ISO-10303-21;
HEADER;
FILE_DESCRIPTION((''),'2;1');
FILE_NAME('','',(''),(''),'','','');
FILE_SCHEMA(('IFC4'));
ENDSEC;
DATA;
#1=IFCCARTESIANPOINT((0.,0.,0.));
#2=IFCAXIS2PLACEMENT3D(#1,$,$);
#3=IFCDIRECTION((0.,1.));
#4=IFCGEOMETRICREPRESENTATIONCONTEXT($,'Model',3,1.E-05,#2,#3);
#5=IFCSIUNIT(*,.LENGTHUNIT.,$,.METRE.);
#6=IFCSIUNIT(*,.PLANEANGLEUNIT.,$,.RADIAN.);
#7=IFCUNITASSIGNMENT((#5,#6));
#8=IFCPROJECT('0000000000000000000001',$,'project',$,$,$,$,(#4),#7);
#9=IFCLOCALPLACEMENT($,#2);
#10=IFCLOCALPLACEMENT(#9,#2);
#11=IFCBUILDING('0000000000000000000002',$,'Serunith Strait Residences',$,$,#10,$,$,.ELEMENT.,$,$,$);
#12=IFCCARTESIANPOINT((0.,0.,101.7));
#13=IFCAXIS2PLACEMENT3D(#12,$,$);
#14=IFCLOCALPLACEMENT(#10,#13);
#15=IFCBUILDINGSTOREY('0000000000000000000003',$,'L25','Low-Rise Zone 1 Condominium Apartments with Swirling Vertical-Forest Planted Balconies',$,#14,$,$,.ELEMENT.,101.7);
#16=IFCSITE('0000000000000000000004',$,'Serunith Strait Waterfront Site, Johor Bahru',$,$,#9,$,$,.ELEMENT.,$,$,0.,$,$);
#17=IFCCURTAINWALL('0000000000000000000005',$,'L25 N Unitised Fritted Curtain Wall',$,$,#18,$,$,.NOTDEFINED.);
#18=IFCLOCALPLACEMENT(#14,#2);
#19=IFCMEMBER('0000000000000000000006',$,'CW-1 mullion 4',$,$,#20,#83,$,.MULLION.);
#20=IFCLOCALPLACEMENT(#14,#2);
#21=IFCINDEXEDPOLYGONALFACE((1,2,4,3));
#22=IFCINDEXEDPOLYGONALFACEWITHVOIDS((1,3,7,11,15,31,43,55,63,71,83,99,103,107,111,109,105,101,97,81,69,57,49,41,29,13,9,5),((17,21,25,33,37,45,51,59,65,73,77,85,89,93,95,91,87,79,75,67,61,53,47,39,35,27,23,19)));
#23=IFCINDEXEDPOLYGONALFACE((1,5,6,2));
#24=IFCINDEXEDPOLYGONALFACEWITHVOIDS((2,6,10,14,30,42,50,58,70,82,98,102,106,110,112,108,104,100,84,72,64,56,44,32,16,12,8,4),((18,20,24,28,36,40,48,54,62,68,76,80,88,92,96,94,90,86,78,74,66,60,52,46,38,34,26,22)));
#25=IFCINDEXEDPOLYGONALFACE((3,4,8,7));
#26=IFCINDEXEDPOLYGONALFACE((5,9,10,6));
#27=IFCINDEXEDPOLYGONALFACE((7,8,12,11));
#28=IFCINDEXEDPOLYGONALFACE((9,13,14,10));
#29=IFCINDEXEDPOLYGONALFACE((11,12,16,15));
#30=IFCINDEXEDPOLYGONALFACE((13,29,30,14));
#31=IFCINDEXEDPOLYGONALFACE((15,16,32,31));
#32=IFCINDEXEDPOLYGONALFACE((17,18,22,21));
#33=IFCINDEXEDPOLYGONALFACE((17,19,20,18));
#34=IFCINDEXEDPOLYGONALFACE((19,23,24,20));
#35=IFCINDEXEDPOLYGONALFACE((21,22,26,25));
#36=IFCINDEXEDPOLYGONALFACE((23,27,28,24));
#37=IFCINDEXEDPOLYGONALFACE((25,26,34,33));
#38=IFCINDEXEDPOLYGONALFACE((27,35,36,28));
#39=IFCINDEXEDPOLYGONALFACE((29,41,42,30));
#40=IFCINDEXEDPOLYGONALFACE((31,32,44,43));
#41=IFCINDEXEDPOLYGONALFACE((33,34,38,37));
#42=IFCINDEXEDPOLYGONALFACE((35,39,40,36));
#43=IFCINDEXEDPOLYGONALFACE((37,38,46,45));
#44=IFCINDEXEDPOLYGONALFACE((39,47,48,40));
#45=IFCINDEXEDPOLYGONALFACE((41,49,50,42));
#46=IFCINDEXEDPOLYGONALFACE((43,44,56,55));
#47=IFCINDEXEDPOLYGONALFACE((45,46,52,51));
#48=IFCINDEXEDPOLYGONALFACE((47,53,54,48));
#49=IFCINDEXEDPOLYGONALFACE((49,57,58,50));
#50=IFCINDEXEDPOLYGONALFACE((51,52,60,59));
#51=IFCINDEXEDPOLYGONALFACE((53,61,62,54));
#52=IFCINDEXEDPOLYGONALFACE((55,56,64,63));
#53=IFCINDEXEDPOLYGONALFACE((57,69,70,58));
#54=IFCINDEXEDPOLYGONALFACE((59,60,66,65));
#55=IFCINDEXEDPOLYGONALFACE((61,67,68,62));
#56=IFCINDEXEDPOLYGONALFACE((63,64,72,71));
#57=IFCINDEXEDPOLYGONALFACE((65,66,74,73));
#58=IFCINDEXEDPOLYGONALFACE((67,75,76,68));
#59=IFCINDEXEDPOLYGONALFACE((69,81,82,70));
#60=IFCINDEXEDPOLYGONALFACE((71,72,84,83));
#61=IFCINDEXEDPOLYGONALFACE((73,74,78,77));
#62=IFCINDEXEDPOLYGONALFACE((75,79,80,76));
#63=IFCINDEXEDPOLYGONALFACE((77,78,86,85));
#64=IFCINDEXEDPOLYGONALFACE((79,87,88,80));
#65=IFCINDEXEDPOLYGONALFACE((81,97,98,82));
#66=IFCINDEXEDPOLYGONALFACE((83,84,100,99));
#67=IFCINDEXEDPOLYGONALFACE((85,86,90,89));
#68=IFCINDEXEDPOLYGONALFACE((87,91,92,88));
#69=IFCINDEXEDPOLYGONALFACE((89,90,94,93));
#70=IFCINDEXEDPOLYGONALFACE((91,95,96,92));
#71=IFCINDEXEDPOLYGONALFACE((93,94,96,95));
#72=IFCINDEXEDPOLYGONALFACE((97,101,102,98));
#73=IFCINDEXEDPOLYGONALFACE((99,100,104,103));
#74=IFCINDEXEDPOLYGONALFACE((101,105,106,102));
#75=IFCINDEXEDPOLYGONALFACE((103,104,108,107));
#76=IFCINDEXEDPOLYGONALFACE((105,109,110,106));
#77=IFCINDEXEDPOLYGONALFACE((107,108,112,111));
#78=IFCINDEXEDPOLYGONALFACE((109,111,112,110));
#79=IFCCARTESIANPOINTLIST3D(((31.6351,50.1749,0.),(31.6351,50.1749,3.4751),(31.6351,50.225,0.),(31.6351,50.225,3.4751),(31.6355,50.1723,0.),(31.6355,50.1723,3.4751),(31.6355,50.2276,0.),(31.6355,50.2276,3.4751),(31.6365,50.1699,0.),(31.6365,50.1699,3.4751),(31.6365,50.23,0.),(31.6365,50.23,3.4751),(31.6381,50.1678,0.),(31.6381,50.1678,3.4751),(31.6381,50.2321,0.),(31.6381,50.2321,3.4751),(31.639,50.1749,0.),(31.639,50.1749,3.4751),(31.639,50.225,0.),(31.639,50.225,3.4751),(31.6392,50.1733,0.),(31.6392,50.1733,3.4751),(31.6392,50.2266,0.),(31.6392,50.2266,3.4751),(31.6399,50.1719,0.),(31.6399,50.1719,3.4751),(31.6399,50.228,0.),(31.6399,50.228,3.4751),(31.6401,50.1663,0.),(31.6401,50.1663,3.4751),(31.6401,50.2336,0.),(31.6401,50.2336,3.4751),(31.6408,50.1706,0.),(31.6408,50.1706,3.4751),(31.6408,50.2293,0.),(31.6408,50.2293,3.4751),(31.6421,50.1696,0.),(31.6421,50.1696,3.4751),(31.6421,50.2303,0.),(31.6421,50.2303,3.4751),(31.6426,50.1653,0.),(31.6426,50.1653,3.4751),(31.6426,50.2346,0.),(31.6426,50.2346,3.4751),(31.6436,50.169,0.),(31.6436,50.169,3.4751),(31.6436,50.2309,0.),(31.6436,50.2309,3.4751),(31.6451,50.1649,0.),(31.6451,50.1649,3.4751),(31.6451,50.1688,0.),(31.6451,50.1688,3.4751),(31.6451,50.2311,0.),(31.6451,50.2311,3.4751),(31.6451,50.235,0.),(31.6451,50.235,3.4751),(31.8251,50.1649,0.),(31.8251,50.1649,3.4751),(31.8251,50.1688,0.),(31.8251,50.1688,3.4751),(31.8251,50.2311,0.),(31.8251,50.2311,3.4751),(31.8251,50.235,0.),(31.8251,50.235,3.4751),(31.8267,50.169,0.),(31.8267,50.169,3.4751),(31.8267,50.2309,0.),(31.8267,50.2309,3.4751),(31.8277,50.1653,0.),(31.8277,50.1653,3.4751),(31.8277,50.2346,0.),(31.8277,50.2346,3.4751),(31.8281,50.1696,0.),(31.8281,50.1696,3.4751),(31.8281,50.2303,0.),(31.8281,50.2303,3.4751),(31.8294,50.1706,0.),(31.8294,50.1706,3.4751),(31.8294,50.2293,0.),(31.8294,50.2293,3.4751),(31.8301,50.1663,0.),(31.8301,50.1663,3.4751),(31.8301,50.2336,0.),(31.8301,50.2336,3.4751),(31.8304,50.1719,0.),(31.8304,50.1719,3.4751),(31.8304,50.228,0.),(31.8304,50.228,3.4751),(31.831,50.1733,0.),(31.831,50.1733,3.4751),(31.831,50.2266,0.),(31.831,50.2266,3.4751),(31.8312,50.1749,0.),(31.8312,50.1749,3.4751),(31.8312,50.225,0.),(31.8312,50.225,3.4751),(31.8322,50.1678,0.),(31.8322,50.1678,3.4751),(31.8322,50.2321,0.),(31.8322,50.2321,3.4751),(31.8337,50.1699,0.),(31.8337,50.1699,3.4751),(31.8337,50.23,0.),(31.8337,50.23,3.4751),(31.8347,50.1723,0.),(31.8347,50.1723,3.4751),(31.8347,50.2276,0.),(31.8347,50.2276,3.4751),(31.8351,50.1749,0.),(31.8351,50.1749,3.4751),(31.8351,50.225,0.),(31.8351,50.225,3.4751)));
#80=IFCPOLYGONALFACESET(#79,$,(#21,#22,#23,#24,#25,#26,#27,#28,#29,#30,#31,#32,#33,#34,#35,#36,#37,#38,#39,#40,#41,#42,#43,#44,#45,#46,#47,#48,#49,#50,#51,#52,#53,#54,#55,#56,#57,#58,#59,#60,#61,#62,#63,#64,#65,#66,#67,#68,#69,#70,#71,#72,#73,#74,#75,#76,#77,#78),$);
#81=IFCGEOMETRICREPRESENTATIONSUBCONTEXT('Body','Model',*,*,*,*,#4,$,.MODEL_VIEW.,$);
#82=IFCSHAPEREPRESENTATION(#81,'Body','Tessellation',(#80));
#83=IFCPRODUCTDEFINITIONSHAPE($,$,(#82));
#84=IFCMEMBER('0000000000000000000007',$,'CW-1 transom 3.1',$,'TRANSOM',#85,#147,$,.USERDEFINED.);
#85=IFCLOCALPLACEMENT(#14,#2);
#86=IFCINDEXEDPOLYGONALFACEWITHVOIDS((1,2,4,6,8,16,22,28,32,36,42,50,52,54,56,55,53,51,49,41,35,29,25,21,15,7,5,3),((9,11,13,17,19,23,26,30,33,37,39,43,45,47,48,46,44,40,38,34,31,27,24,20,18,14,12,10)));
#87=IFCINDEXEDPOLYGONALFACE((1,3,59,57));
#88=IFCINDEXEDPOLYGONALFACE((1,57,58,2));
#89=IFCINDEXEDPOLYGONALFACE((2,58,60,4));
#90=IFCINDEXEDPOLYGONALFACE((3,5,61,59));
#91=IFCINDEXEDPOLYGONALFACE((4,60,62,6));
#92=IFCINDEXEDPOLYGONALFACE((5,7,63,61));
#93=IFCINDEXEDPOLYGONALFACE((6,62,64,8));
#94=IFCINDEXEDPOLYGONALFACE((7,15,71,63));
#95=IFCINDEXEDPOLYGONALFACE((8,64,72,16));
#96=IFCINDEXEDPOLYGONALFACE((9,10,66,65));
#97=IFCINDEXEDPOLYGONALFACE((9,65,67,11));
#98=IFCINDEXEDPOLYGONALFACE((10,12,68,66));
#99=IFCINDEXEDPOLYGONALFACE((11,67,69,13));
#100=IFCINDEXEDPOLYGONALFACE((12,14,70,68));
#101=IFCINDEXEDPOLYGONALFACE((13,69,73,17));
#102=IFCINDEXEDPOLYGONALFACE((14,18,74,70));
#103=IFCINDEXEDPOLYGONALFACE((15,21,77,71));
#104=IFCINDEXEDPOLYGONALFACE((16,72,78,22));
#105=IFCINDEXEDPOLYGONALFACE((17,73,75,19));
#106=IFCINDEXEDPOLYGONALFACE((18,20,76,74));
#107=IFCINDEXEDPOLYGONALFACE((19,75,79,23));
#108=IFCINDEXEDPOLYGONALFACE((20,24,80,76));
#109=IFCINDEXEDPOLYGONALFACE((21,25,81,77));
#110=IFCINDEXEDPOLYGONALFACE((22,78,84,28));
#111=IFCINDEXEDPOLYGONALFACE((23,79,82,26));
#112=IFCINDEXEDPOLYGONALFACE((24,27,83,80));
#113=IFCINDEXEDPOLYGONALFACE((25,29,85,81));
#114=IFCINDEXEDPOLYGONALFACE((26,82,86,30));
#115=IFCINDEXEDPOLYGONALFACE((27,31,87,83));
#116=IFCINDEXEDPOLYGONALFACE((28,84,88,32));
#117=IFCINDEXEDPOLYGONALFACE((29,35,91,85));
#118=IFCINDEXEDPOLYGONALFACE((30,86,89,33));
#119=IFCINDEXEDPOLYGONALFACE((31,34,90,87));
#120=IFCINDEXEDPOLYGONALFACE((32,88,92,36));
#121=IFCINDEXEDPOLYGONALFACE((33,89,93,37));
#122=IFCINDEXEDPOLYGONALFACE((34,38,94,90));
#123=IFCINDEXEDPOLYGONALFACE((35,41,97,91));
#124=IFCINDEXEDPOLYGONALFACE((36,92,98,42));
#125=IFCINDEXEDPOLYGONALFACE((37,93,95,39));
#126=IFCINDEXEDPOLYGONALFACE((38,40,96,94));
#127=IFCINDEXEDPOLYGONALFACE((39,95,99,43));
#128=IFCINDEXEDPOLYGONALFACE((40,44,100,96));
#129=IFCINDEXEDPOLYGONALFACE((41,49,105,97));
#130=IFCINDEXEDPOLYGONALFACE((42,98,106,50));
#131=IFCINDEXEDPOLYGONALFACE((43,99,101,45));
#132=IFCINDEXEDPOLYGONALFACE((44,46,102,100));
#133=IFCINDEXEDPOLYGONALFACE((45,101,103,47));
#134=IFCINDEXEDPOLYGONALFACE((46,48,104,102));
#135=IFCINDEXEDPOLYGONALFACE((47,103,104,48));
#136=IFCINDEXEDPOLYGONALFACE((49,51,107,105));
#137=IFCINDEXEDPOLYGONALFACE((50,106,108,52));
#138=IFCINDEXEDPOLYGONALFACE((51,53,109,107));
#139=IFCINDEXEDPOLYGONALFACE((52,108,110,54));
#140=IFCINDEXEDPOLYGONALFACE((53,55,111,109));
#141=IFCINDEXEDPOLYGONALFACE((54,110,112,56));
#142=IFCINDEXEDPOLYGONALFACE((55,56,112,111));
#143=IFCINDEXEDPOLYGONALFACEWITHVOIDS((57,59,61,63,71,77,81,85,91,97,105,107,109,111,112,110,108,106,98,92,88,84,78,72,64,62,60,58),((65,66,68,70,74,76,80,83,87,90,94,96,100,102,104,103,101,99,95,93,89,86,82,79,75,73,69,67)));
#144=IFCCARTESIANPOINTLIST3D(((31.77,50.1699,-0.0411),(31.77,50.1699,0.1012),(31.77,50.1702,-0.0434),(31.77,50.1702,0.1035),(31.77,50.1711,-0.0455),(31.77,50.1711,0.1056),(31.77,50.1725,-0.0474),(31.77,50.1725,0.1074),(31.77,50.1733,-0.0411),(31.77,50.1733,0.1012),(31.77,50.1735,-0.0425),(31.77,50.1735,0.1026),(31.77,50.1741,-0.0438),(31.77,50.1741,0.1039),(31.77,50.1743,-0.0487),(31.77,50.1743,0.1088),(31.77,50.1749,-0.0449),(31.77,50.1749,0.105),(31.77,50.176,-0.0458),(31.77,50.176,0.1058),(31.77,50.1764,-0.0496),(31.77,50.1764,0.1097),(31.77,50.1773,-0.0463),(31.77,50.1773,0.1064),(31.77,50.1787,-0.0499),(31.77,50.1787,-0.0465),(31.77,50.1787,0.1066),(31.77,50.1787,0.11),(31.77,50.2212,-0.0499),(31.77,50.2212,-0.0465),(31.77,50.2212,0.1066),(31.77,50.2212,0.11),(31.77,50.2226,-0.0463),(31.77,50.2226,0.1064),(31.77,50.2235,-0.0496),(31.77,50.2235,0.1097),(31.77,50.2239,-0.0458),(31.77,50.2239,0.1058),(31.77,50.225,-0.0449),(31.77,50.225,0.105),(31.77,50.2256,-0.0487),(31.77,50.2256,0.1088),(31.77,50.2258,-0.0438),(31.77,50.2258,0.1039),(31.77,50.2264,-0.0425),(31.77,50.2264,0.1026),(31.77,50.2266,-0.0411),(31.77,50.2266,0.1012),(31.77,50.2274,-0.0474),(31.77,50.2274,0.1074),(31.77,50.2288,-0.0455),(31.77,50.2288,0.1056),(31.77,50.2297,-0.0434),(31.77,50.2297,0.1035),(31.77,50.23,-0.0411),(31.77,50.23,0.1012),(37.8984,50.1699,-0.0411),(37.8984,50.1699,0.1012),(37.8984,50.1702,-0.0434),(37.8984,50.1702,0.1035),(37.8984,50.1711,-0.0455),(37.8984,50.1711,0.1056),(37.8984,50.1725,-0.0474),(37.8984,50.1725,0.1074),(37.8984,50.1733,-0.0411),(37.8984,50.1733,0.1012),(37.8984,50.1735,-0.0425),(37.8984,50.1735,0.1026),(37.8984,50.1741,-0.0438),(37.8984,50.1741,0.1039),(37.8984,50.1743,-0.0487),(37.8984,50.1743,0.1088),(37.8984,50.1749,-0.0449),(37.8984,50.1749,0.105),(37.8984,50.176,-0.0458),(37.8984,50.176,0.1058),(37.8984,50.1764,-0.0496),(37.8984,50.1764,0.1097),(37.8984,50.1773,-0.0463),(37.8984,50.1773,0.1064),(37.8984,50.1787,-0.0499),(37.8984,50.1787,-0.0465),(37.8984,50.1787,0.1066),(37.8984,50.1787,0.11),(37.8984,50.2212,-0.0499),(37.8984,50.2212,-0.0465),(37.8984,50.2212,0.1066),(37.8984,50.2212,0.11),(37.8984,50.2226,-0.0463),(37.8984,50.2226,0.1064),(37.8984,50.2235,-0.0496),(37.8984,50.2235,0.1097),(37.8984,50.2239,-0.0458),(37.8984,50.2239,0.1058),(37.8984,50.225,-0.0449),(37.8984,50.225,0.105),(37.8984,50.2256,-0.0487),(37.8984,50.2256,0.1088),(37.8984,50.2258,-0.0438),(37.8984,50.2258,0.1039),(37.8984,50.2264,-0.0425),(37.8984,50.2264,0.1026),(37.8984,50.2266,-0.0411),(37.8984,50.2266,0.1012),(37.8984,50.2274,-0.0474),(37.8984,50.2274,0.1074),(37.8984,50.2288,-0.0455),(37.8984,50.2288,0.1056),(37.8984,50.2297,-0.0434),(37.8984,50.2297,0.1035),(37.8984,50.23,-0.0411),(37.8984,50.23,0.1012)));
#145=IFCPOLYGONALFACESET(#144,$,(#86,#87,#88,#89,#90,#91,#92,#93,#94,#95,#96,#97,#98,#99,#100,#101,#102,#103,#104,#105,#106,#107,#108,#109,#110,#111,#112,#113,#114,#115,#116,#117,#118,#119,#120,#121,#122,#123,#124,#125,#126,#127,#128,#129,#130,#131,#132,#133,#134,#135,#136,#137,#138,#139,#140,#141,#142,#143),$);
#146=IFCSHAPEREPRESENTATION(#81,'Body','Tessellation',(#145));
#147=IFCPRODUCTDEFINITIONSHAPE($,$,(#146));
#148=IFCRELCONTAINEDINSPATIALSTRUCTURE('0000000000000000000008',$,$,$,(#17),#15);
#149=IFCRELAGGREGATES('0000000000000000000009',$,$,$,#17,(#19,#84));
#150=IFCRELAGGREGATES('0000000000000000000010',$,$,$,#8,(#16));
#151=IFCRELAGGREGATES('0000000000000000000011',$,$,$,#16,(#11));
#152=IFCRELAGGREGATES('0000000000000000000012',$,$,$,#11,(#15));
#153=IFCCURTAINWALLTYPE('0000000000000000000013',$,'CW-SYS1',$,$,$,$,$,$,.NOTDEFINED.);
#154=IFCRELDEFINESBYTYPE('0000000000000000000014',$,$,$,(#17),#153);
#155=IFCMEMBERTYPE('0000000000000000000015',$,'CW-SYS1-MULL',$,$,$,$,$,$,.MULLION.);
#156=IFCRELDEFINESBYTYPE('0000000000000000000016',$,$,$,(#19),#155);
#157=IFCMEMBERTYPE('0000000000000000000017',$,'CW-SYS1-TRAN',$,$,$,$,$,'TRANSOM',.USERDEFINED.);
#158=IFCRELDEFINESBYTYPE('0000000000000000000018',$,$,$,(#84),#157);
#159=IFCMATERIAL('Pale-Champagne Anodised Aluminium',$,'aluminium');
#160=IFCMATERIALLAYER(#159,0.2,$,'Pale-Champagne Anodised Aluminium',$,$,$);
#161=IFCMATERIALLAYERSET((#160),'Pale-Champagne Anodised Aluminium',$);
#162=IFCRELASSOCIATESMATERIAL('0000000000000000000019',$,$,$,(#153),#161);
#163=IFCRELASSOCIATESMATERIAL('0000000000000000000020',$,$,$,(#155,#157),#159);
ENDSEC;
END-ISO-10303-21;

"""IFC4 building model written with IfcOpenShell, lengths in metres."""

from ifc_helpers import new_model, si_unit, direction, frame, origin, origin_2d, place, context, subcontext, project, spatial, hollow_rectangle, extrude, source, transform, mapped, material, layer, layer_set, material_profile, profile_set, type_object, element, aggregate, save


model = new_model("IFC4")

# Units and contexts
model_context = context("Model", 3, precision=1e-05, world=origin(), true_north=direction((0.0, 1.0)))
body_context = subcontext(model_context, "Body", "Model", "MODEL_VIEW")
ifc_project = project(units=[si_unit("LENGTHUNIT", "METRE"), si_unit("PLANEANGLEUNIT", "RADIAN")], contexts=[model_context])

# Site, building, storey
site_placement = place(None, origin())
site = spatial("IfcSite", under=ifc_project, at=site_placement, Name="Serunith Strait Waterfront Site, Johor Bahru", CompositionType="ELEMENT", RefElevation=0.0)
building_placement = place(site_placement, origin())
building = spatial("IfcBuilding", under=site, at=building_placement, Name="Serunith Strait Residences", CompositionType="ELEMENT")
storey_placement = place(building_placement, frame((0.0, 0.0, 101.7)))
storey = spatial("IfcBuildingStorey", under=building, at=storey_placement, Name="L25", Description="Low-Rise Zone 1 Condominium Apartments with Swirling Vertical-Forest Planted Balconies", CompositionType="ELEMENT", Elevation=101.7)

# Curtain wall, members
ifc_material_1 = material(Name="Pale-Champagne Anodised Aluminium", Category="aluminium")
ifc_layer_1 = layer(ifc_material_1, 0.2, Name="Pale-Champagne Anodised Aluminium")
ifc_layer_set_1 = layer_set([ifc_layer_1], Name="Pale-Champagne Anodised Aluminium")
curtain_wall_type = type_object("IfcCurtainWallType", Name="CW-SYS1", PredefinedType="NOTDEFINED", material=ifc_layer_set_1)
curtain_wall_placement = place(storey_placement, origin())
curtain_wall = element("IfcCurtainWall", 1, at=curtain_wall_placement, inside=storey, type_object=curtain_wall_type, Name="L25 N Unitised Fritted Curtain Wall", PredefinedType="NOTDEFINED")
ifc_material_profile_1 = material_profile(ifc_material_1, hollow_rectangle(XDim=0.0701, YDim=0.2, WallThickness=0.0039, InnerFilletRadius=0.0061, OuterFilletRadius=0.01, at=origin_2d()), Name="ALU 200x70x4")
ifc_profile_set_1 = profile_set([ifc_material_profile_1], Name="Pale-Champagne Anodised Aluminium")
member_type_1 = type_object("IfcMemberType", Name="CW-SYS1-MULL", PredefinedType="MULLION", material=ifc_profile_set_1)
shared_shape_1 = source(origin(), body_context, "Body", "SweptSolid", [
    extrude(hollow_rectangle(XDim=0.0701, YDim=0.2, WallThickness=0.0039, InnerFilletRadius=0.0061, OuterFilletRadius=0.01, at=origin_2d()), origin(), (0.0, 0.0, 1.0), 3.4751),
])
member_1_placement = place(storey_placement, frame((31.7351, 50.2, 0.0), z_axis=(0.0, 0.0, 1.0), x_axis=(0.0, -1.0, 0.0)))
member_1 = element("IfcMember", 2, at=member_1_placement, type_object=member_type_1, Name="CW-1 mullion 4", PredefinedType="MULLION", context=body_context, shape_type="MappedRepresentation", body=[
    mapped(shared_shape_1, transform((0.0, 0.0, 0.0), scale=1.0)),
])
ifc_material_profile_2 = material_profile(ifc_material_1, hollow_rectangle(XDim=0.0601, YDim=0.1599, WallThickness=0.0034, InnerFilletRadius=0.0054, OuterFilletRadius=0.0088, at=origin_2d()), Name="ALU 160x60x3.5")
ifc_profile_set_2 = profile_set([ifc_material_profile_2], Name="Pale-Champagne Anodised Aluminium")
member_type_2 = type_object("IfcMemberType", Name="CW-SYS1-TRAN", ElementType="TRANSOM", PredefinedType="USERDEFINED", material=ifc_profile_set_2)
shared_shape_2 = source(origin(), body_context, "Body", "SweptSolid", [
    extrude(hollow_rectangle(XDim=0.0601, YDim=0.1599, WallThickness=0.0034, InnerFilletRadius=0.0054, OuterFilletRadius=0.0088, at=origin_2d()), origin(), (0.0, 0.0, 1.0), 6.1284),
])
member_2_placement = place(storey_placement, frame((37.8984, 50.2, 0.03), z_axis=(-1.0, 0.0, 0.0), x_axis=(0.0, -1.0, 0.0)))
member_2 = element("IfcMember", 3, at=member_2_placement, type_object=member_type_2, Name="CW-1 transom 3.1", ObjectType="TRANSOM", PredefinedType="USERDEFINED", context=body_context, shape_type="MappedRepresentation", body=[
    mapped(shared_shape_2, transform((0.0, 0.0, 0.0), scale=1.0)),
])
aggregate(curtain_wall, [member_1, member_2])

save(model, "model.ifc")
